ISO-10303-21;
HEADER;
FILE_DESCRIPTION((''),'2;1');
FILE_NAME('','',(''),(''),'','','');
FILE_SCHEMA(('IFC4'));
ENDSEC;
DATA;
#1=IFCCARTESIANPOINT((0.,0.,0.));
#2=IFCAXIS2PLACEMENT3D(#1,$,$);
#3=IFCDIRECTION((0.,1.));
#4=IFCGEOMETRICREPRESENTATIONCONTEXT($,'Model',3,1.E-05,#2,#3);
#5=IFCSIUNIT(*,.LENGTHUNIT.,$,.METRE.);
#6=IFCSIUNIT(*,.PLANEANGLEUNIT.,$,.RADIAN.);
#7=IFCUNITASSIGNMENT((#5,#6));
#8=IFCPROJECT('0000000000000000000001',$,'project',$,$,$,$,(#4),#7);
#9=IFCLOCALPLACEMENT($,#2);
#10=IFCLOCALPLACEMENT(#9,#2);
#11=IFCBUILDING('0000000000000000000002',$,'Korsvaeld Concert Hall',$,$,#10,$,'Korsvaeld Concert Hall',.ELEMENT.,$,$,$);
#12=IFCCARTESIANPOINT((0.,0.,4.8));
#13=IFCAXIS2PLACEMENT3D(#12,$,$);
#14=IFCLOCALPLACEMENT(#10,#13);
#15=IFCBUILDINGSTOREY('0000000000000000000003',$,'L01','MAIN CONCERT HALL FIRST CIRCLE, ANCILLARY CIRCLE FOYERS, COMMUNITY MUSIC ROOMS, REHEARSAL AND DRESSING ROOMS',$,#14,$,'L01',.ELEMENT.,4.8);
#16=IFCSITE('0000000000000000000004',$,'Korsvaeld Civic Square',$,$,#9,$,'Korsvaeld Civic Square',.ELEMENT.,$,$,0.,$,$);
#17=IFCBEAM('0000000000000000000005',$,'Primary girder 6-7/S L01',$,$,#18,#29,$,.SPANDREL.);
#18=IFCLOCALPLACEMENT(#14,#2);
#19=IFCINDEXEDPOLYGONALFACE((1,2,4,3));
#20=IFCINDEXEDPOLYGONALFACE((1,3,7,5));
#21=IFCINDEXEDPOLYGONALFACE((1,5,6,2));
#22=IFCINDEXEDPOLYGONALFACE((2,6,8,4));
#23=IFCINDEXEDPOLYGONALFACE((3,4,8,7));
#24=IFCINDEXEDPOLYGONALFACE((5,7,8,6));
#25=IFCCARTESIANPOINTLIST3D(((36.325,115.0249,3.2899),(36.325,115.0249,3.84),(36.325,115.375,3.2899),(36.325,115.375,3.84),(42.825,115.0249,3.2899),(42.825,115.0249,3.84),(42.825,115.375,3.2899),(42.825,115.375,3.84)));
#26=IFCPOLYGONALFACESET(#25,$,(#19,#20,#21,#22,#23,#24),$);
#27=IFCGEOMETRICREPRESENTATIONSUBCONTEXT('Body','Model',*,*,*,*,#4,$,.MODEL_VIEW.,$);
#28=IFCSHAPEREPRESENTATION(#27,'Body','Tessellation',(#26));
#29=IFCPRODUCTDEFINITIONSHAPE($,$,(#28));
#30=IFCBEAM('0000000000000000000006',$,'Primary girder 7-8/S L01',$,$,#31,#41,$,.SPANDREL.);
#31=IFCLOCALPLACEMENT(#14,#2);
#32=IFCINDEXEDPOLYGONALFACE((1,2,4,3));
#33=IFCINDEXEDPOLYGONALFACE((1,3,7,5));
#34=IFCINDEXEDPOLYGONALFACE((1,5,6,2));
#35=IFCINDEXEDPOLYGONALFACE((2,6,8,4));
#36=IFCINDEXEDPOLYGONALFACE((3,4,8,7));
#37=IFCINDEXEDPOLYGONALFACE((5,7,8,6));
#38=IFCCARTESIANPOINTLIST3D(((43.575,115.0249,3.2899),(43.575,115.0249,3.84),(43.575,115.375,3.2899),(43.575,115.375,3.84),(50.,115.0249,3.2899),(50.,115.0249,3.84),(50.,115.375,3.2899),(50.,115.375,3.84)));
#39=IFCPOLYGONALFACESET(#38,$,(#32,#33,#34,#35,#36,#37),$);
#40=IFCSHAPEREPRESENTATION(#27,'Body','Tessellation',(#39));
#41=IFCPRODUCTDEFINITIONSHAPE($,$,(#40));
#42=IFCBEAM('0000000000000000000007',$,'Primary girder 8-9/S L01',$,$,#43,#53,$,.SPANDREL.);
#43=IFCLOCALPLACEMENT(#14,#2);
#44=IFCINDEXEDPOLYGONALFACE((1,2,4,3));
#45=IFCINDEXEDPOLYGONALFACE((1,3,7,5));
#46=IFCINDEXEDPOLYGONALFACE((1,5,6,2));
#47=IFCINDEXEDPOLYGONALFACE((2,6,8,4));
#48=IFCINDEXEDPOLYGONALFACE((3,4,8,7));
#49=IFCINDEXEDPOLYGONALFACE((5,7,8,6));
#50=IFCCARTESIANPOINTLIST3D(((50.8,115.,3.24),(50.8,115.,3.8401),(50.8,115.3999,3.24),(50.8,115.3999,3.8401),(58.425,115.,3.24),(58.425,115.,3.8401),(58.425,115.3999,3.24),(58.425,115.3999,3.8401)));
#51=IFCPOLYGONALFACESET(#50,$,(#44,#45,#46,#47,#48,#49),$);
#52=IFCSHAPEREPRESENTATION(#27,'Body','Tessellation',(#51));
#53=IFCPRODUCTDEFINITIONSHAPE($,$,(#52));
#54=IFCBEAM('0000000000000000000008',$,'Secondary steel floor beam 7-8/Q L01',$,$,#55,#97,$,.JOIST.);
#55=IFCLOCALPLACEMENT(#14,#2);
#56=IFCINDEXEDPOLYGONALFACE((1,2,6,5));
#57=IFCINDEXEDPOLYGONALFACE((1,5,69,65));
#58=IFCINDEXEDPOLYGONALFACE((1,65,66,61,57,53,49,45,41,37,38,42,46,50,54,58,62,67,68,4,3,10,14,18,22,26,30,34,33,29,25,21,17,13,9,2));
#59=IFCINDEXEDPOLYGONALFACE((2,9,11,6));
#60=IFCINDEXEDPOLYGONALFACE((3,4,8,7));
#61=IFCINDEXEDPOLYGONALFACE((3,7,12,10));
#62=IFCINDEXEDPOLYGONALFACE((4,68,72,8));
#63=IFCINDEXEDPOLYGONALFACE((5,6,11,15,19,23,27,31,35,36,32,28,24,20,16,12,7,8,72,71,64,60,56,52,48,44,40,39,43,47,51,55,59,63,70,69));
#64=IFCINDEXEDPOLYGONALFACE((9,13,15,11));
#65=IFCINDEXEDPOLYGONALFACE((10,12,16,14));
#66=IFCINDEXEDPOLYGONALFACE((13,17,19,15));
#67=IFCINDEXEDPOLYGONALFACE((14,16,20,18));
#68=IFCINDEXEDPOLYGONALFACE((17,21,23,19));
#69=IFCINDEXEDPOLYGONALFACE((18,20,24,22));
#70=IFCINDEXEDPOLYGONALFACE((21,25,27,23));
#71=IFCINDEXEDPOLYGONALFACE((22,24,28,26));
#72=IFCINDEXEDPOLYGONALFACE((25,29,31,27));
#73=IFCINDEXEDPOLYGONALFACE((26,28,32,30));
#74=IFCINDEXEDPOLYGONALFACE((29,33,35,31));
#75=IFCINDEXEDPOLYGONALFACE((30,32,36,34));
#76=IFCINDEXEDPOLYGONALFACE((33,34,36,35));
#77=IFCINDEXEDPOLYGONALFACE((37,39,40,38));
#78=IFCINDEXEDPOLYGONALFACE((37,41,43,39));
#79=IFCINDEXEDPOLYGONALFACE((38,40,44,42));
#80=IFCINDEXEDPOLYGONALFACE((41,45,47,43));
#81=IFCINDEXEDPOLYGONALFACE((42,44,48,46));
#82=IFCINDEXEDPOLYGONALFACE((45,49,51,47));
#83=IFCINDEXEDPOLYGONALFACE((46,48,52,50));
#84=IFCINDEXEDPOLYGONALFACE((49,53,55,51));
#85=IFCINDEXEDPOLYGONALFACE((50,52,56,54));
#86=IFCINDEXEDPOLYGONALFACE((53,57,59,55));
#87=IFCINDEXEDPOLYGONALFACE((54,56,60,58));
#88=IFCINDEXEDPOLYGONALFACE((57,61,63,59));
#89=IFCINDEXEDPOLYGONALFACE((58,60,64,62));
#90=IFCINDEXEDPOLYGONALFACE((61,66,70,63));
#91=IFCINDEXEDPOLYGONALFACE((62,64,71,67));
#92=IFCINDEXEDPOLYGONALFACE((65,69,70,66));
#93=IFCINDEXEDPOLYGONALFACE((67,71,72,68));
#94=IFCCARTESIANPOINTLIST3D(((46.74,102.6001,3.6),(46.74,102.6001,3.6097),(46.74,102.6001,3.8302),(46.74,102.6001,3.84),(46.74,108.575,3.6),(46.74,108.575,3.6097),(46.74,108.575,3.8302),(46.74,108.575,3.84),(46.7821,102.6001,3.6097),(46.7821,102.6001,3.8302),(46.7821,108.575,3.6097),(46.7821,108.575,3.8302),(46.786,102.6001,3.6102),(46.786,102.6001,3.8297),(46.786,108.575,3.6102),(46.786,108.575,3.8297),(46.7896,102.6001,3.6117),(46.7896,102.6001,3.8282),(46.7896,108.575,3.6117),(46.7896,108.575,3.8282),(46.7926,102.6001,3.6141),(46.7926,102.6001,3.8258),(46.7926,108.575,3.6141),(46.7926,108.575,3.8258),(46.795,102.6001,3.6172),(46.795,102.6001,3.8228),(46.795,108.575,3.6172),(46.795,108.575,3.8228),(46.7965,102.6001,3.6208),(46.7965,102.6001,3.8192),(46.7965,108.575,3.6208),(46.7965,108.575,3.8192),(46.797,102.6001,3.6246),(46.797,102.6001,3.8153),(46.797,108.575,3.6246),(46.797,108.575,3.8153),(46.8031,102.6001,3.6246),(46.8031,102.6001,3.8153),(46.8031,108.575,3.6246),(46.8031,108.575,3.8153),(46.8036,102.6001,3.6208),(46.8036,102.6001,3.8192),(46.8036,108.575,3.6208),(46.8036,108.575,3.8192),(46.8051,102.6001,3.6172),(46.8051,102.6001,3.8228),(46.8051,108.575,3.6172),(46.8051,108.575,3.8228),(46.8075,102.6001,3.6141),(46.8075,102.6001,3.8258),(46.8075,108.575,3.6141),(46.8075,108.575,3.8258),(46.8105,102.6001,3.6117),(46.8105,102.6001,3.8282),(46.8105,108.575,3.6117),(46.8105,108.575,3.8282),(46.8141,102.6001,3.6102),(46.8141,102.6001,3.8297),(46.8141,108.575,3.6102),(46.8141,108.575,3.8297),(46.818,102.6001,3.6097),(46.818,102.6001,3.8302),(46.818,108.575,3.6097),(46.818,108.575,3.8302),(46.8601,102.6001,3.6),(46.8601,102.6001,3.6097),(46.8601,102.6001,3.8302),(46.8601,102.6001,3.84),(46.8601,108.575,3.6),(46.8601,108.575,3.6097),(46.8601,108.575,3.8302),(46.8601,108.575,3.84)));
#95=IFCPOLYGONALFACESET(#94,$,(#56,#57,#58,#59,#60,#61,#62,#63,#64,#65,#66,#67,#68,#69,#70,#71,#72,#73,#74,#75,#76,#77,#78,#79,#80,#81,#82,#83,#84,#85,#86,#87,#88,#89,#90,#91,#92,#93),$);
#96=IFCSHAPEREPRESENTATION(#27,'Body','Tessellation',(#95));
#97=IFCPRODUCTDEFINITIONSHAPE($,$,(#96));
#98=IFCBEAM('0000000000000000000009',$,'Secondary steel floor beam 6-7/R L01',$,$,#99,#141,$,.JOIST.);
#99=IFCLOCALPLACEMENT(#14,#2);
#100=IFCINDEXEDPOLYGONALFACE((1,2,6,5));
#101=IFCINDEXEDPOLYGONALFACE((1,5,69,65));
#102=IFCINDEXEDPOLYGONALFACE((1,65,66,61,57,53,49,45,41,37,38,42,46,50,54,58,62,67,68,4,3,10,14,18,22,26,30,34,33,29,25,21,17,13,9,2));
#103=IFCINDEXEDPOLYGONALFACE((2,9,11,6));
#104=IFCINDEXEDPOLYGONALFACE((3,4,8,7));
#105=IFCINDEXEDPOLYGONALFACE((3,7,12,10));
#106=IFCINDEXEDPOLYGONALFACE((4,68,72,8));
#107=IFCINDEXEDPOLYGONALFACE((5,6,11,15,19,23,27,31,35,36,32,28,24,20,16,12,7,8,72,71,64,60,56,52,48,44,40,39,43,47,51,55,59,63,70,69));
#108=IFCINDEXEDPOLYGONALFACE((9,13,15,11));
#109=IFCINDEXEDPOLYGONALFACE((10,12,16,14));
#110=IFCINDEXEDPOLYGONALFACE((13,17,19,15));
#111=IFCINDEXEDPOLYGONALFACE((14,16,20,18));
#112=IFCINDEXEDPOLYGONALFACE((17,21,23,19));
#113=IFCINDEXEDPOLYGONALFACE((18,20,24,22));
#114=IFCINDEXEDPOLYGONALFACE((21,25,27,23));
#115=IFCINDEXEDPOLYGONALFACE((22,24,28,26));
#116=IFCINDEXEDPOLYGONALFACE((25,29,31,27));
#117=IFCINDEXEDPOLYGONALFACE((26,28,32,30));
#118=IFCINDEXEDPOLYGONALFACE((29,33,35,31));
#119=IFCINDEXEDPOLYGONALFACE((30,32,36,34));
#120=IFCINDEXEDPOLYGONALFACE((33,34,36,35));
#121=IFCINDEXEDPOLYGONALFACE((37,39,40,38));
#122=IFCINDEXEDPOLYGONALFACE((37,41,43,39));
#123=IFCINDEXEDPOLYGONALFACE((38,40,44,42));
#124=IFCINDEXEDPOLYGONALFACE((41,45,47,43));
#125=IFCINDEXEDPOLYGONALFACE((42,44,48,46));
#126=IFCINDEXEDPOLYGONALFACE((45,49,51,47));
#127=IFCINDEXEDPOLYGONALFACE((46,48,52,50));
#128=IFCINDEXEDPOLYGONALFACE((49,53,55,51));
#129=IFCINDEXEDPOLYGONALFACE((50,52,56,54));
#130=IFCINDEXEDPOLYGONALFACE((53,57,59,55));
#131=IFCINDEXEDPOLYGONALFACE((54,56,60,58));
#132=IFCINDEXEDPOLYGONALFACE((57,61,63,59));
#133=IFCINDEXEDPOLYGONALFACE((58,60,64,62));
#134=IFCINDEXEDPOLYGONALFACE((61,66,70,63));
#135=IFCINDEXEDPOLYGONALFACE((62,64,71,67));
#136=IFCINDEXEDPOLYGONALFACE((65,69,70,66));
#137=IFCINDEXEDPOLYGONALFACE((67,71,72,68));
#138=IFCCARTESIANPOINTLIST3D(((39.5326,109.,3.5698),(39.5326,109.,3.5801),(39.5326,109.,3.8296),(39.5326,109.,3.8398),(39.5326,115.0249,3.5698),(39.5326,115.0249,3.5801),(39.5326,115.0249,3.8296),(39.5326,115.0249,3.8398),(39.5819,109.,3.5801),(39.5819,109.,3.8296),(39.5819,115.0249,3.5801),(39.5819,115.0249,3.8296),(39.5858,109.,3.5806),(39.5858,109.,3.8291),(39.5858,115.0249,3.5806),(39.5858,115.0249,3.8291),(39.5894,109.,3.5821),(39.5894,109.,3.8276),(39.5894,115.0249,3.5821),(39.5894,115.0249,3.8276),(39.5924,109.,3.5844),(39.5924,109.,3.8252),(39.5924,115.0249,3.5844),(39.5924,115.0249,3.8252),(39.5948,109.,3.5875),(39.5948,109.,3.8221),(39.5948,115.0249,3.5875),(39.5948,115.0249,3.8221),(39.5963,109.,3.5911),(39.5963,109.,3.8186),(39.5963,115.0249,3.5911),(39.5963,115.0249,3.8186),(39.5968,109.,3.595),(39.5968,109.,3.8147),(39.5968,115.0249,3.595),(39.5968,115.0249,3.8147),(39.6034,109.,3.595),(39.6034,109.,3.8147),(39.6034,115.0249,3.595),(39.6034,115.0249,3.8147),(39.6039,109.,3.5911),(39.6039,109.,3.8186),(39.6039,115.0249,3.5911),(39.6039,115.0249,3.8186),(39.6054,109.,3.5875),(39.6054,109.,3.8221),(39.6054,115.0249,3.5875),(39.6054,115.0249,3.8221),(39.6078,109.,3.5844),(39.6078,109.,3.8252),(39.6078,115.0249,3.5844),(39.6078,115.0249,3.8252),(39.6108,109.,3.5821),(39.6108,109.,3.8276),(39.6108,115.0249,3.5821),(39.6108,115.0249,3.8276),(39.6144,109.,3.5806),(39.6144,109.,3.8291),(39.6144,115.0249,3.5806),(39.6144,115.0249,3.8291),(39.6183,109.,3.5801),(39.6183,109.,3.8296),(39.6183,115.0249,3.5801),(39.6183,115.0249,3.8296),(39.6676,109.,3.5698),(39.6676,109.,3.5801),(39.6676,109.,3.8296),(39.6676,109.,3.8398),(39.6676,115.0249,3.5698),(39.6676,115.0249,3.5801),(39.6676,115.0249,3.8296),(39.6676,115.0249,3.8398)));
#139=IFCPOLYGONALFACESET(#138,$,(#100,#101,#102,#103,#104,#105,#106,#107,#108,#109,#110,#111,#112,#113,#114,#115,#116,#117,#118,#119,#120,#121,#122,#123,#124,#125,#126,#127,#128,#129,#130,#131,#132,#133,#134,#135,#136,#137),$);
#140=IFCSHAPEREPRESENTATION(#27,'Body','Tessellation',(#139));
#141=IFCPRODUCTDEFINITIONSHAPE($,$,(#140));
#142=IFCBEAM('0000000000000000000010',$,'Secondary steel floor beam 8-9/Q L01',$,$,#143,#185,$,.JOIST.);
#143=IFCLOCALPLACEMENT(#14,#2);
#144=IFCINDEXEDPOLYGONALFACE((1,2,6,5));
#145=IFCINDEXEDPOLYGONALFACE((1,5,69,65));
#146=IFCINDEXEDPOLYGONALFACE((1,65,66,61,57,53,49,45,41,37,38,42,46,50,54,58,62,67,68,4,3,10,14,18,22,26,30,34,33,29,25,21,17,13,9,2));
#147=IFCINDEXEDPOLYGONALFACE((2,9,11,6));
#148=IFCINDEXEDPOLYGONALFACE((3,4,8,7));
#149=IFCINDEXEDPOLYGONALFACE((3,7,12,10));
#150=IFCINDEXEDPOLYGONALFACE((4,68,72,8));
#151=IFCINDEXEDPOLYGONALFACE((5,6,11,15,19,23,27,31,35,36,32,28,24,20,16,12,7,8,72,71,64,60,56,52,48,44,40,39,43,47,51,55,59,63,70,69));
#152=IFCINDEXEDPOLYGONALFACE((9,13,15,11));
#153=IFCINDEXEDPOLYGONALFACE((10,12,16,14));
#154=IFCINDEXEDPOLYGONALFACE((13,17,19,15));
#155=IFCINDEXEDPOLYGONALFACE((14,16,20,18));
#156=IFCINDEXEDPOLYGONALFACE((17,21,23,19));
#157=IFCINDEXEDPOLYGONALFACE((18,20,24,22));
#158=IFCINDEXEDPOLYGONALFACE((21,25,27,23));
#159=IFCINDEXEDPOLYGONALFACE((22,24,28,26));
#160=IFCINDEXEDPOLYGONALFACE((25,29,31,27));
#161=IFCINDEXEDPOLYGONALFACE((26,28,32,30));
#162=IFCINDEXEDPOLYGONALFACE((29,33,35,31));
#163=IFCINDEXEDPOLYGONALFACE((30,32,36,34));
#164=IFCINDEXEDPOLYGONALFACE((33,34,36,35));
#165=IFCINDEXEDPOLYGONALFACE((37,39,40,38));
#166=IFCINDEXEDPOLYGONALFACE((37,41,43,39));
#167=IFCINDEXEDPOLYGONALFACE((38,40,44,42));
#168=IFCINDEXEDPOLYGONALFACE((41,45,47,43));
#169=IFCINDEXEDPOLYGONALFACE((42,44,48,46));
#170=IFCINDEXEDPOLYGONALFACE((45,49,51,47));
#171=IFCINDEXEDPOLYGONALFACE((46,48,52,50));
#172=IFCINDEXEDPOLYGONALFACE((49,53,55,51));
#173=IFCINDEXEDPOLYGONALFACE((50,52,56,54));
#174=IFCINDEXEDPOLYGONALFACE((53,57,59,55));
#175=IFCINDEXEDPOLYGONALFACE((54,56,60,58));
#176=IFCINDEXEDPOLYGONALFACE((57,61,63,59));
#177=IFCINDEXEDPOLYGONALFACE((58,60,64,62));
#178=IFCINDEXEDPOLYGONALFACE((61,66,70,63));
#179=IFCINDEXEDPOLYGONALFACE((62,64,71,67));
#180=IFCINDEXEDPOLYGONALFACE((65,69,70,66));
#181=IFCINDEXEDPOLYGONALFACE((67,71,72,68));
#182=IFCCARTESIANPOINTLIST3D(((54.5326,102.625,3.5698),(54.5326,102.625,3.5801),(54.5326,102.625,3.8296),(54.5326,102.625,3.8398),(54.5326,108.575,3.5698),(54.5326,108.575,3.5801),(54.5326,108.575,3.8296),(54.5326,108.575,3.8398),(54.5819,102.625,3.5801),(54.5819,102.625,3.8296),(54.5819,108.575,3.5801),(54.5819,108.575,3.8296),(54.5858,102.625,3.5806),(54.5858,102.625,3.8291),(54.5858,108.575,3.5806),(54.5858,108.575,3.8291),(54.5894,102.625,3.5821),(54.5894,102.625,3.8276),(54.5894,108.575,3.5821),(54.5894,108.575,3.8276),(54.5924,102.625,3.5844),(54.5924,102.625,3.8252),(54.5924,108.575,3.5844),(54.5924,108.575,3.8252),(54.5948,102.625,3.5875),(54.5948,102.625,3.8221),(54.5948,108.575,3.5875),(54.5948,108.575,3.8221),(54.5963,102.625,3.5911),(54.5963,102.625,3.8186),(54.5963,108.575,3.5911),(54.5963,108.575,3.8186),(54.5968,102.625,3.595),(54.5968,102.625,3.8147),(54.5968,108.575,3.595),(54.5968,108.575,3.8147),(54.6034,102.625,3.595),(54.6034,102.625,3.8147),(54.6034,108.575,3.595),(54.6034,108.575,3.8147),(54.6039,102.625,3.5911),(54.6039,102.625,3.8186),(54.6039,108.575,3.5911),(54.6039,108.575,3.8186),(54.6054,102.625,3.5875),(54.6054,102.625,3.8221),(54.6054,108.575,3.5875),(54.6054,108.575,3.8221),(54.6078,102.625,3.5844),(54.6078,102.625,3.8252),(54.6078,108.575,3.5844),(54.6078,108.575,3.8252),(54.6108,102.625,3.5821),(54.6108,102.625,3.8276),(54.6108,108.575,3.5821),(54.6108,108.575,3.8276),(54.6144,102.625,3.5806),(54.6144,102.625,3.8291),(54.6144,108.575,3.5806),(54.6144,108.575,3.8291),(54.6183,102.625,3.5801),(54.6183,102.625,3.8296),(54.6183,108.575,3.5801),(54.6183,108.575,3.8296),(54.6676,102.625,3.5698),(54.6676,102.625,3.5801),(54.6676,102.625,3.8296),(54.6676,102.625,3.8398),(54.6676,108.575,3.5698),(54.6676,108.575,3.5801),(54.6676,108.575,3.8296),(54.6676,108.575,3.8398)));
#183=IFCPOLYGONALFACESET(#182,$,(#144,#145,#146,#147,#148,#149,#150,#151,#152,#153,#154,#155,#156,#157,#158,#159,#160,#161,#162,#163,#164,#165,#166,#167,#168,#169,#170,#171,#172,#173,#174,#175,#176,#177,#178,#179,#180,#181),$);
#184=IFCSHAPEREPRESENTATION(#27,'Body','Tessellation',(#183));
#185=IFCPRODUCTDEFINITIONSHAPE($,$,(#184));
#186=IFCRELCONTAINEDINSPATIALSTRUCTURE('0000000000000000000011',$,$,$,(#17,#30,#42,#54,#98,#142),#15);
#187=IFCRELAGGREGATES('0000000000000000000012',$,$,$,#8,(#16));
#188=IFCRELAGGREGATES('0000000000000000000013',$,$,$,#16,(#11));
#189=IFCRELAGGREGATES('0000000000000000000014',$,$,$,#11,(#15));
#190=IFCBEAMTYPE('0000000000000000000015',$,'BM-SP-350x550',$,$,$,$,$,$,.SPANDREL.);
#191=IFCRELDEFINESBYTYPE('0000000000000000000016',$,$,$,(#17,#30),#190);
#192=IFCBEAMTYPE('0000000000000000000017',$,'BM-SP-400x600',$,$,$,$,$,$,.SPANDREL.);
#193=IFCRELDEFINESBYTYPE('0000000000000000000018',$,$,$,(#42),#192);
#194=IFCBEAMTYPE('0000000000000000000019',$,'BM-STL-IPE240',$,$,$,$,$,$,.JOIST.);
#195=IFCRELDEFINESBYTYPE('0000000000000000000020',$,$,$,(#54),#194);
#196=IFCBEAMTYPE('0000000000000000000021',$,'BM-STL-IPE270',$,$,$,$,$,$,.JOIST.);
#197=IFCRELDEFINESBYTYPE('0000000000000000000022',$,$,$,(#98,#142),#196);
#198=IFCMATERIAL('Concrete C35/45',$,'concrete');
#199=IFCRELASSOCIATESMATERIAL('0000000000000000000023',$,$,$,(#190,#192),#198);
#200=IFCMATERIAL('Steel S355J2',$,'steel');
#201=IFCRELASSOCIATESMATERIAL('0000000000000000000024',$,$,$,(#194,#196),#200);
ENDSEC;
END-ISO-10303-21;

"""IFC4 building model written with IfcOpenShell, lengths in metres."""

from ifc_helpers import new_model, si_unit, direction, frame, origin, origin_2d, place, context, subcontext, project, spatial, rectangle, i_section, extrude, material, material_profile, profile_set, type_object, element, save


model = new_model("IFC4")

# Units and contexts
model_context = context("Model", 3, precision=1e-05, world=origin(), true_north=direction((0.0, 1.0)))
body_context = subcontext(model_context, "Body", "Model", "MODEL_VIEW")
ifc_project = project(units=[si_unit("LENGTHUNIT", "METRE"), si_unit("PLANEANGLEUNIT", "RADIAN")], contexts=[model_context])

# Site, building, storey
site_placement = place(None, origin())
site = spatial("IfcSite", under=ifc_project, at=site_placement, Name="Korsvaeld Civic Square", LongName="Korsvaeld Civic Square", CompositionType="ELEMENT", RefElevation=0.0)
building_placement = place(site_placement, origin())
building = spatial("IfcBuilding", under=site, at=building_placement, Name="Korsvaeld Concert Hall", LongName="Korsvaeld Concert Hall", CompositionType="ELEMENT")
storey_placement = place(building_placement, frame((0.0, 0.0, 4.8)))
storey = spatial("IfcBuildingStorey", under=building, at=storey_placement, Name="L01", Description="MAIN CONCERT HALL FIRST CIRCLE, ANCILLARY CIRCLE FOYERS, COMMUNITY MUSIC ROOMS, REHEARSAL AND DRESSING ROOMS", LongName="L01", CompositionType="ELEMENT", Elevation=4.8)

# Beams
ifc_material_1 = material(Name="Concrete C35/45", Category="concrete")
ifc_material_profile_1 = material_profile(ifc_material_1, rectangle(XDim=0.3501, YDim=0.55, at=origin_2d()), Name="RC 350x550")
ifc_profile_set_1 = profile_set([ifc_material_profile_1], Name="Concrete C35/45")
beam_type_1 = type_object("IfcBeamType", Name="BM-SP-350x550", PredefinedType="SPANDREL", material=ifc_profile_set_1)
beam_1_placement = place(storey_placement, frame((36.325, 115.2, 3.5649), z_axis=(1.0, 0.0, 0.0), x_axis=(0.0, 1.0, 0.0)))
element("IfcBeam", 1, at=beam_1_placement, inside=storey, type_object=beam_type_1, Name="Primary girder 6-7/S L01", PredefinedType="SPANDREL", context=body_context, shape_type="SweptSolid", body=[
    extrude(rectangle(XDim=0.3501, YDim=0.55, at=origin_2d()), origin(), (0.0, 0.0, 1.0), 6.5),
])
beam_2_placement = place(storey_placement, frame((43.575, 115.2, 3.5649), z_axis=(1.0, 0.0, 0.0), x_axis=(0.0, 1.0, 0.0)))
element("IfcBeam", 2, at=beam_2_placement, inside=storey, type_object=beam_type_1, Name="Primary girder 7-8/S L01", PredefinedType="SPANDREL", context=body_context, shape_type="SweptSolid", body=[
    extrude(rectangle(XDim=0.3501, YDim=0.55, at=origin_2d()), origin(), (0.0, 0.0, 1.0), 6.425),
])
ifc_material_profile_2 = material_profile(ifc_material_1, rectangle(XDim=0.3999, YDim=0.6001, at=origin_2d()), Name="RC 400x600")
ifc_profile_set_2 = profile_set([ifc_material_profile_2], Name="Concrete C35/45")
beam_type_2 = type_object("IfcBeamType", Name="BM-SP-400x600", PredefinedType="SPANDREL", material=ifc_profile_set_2)
beam_3_placement = place(storey_placement, frame((50.8, 115.2, 3.54), z_axis=(1.0, 0.0, 0.0), x_axis=(0.0, 1.0, 0.0)))
element("IfcBeam", 3, at=beam_3_placement, inside=storey, type_object=beam_type_2, Name="Primary girder 8-9/S L01", PredefinedType="SPANDREL", context=body_context, shape_type="SweptSolid", body=[
    extrude(rectangle(XDim=0.3999, YDim=0.6001, at=origin_2d()), origin(), (0.0, 0.0, 1.0), 7.625),
])
ifc_material_2 = material(Name="Steel S355J2", Category="steel")
ifc_material_profile_3 = material_profile(ifc_material_2, i_section(OverallWidth=0.1201, OverallDepth=0.24, WebThickness=0.0061, FlangeThickness=0.0098, FilletRadius=0.0149, at=origin_2d()), Name="IPE 240")
ifc_profile_set_3 = profile_set([ifc_material_profile_3], Name="Steel S355J2")
beam_type_3 = type_object("IfcBeamType", Name="BM-STL-IPE240", PredefinedType="JOIST", material=ifc_profile_set_3)
beam_4_placement = place(storey_placement, frame((46.8, 102.6001, 3.72), z_axis=(0.0, 1.0, 0.0), x_axis=(-1.0, 0.0, 0.0)))
element("IfcBeam", 4, at=beam_4_placement, inside=storey, type_object=beam_type_3, Name="Secondary steel floor beam 7-8/Q L01", PredefinedType="JOIST", context=body_context, shape_type="SweptSolid", body=[
    extrude(i_section(OverallWidth=0.1201, OverallDepth=0.24, WebThickness=0.0061, FlangeThickness=0.0098, FilletRadius=0.0149, at=origin_2d()), origin(), (0.0, 0.0, 1.0), 5.9749),
])
ifc_material_profile_4 = material_profile(ifc_material_2, i_section(OverallWidth=0.135, OverallDepth=0.27, WebThickness=0.0066, FlangeThickness=0.0103, FilletRadius=0.0149, at=origin_2d()), Name="IPE 270")
ifc_profile_set_4 = profile_set([ifc_material_profile_4], Name="Steel S355J2")
beam_type_4 = type_object("IfcBeamType", Name="BM-STL-IPE270", PredefinedType="JOIST", material=ifc_profile_set_4)
beam_5_placement = place(storey_placement, frame((39.6001, 109.0, 3.7048), z_axis=(0.0, 1.0, 0.0), x_axis=(-1.0, 0.0, 0.0)))
element("IfcBeam", 5, at=beam_5_placement, inside=storey, type_object=beam_type_4, Name="Secondary steel floor beam 6-7/R L01", PredefinedType="JOIST", context=body_context, shape_type="SweptSolid", body=[
    extrude(i_section(OverallWidth=0.135, OverallDepth=0.27, WebThickness=0.0066, FlangeThickness=0.0103, FilletRadius=0.0149, at=origin_2d()), origin(), (0.0, 0.0, 1.0), 6.0249),
])
beam_6_placement = place(storey_placement, frame((54.6001, 102.625, 3.7048), z_axis=(0.0, 1.0, 0.0), x_axis=(-1.0, 0.0, 0.0)))
element("IfcBeam", 6, at=beam_6_placement, inside=storey, type_object=beam_type_4, Name="Secondary steel floor beam 8-9/Q L01", PredefinedType="JOIST", context=body_context, shape_type="SweptSolid", body=[
    extrude(i_section(OverallWidth=0.135, OverallDepth=0.27, WebThickness=0.0066, FlangeThickness=0.0103, FilletRadius=0.0149, at=origin_2d()), origin(), (0.0, 0.0, 1.0), 5.95),
])

save(model, "model.ifc")
